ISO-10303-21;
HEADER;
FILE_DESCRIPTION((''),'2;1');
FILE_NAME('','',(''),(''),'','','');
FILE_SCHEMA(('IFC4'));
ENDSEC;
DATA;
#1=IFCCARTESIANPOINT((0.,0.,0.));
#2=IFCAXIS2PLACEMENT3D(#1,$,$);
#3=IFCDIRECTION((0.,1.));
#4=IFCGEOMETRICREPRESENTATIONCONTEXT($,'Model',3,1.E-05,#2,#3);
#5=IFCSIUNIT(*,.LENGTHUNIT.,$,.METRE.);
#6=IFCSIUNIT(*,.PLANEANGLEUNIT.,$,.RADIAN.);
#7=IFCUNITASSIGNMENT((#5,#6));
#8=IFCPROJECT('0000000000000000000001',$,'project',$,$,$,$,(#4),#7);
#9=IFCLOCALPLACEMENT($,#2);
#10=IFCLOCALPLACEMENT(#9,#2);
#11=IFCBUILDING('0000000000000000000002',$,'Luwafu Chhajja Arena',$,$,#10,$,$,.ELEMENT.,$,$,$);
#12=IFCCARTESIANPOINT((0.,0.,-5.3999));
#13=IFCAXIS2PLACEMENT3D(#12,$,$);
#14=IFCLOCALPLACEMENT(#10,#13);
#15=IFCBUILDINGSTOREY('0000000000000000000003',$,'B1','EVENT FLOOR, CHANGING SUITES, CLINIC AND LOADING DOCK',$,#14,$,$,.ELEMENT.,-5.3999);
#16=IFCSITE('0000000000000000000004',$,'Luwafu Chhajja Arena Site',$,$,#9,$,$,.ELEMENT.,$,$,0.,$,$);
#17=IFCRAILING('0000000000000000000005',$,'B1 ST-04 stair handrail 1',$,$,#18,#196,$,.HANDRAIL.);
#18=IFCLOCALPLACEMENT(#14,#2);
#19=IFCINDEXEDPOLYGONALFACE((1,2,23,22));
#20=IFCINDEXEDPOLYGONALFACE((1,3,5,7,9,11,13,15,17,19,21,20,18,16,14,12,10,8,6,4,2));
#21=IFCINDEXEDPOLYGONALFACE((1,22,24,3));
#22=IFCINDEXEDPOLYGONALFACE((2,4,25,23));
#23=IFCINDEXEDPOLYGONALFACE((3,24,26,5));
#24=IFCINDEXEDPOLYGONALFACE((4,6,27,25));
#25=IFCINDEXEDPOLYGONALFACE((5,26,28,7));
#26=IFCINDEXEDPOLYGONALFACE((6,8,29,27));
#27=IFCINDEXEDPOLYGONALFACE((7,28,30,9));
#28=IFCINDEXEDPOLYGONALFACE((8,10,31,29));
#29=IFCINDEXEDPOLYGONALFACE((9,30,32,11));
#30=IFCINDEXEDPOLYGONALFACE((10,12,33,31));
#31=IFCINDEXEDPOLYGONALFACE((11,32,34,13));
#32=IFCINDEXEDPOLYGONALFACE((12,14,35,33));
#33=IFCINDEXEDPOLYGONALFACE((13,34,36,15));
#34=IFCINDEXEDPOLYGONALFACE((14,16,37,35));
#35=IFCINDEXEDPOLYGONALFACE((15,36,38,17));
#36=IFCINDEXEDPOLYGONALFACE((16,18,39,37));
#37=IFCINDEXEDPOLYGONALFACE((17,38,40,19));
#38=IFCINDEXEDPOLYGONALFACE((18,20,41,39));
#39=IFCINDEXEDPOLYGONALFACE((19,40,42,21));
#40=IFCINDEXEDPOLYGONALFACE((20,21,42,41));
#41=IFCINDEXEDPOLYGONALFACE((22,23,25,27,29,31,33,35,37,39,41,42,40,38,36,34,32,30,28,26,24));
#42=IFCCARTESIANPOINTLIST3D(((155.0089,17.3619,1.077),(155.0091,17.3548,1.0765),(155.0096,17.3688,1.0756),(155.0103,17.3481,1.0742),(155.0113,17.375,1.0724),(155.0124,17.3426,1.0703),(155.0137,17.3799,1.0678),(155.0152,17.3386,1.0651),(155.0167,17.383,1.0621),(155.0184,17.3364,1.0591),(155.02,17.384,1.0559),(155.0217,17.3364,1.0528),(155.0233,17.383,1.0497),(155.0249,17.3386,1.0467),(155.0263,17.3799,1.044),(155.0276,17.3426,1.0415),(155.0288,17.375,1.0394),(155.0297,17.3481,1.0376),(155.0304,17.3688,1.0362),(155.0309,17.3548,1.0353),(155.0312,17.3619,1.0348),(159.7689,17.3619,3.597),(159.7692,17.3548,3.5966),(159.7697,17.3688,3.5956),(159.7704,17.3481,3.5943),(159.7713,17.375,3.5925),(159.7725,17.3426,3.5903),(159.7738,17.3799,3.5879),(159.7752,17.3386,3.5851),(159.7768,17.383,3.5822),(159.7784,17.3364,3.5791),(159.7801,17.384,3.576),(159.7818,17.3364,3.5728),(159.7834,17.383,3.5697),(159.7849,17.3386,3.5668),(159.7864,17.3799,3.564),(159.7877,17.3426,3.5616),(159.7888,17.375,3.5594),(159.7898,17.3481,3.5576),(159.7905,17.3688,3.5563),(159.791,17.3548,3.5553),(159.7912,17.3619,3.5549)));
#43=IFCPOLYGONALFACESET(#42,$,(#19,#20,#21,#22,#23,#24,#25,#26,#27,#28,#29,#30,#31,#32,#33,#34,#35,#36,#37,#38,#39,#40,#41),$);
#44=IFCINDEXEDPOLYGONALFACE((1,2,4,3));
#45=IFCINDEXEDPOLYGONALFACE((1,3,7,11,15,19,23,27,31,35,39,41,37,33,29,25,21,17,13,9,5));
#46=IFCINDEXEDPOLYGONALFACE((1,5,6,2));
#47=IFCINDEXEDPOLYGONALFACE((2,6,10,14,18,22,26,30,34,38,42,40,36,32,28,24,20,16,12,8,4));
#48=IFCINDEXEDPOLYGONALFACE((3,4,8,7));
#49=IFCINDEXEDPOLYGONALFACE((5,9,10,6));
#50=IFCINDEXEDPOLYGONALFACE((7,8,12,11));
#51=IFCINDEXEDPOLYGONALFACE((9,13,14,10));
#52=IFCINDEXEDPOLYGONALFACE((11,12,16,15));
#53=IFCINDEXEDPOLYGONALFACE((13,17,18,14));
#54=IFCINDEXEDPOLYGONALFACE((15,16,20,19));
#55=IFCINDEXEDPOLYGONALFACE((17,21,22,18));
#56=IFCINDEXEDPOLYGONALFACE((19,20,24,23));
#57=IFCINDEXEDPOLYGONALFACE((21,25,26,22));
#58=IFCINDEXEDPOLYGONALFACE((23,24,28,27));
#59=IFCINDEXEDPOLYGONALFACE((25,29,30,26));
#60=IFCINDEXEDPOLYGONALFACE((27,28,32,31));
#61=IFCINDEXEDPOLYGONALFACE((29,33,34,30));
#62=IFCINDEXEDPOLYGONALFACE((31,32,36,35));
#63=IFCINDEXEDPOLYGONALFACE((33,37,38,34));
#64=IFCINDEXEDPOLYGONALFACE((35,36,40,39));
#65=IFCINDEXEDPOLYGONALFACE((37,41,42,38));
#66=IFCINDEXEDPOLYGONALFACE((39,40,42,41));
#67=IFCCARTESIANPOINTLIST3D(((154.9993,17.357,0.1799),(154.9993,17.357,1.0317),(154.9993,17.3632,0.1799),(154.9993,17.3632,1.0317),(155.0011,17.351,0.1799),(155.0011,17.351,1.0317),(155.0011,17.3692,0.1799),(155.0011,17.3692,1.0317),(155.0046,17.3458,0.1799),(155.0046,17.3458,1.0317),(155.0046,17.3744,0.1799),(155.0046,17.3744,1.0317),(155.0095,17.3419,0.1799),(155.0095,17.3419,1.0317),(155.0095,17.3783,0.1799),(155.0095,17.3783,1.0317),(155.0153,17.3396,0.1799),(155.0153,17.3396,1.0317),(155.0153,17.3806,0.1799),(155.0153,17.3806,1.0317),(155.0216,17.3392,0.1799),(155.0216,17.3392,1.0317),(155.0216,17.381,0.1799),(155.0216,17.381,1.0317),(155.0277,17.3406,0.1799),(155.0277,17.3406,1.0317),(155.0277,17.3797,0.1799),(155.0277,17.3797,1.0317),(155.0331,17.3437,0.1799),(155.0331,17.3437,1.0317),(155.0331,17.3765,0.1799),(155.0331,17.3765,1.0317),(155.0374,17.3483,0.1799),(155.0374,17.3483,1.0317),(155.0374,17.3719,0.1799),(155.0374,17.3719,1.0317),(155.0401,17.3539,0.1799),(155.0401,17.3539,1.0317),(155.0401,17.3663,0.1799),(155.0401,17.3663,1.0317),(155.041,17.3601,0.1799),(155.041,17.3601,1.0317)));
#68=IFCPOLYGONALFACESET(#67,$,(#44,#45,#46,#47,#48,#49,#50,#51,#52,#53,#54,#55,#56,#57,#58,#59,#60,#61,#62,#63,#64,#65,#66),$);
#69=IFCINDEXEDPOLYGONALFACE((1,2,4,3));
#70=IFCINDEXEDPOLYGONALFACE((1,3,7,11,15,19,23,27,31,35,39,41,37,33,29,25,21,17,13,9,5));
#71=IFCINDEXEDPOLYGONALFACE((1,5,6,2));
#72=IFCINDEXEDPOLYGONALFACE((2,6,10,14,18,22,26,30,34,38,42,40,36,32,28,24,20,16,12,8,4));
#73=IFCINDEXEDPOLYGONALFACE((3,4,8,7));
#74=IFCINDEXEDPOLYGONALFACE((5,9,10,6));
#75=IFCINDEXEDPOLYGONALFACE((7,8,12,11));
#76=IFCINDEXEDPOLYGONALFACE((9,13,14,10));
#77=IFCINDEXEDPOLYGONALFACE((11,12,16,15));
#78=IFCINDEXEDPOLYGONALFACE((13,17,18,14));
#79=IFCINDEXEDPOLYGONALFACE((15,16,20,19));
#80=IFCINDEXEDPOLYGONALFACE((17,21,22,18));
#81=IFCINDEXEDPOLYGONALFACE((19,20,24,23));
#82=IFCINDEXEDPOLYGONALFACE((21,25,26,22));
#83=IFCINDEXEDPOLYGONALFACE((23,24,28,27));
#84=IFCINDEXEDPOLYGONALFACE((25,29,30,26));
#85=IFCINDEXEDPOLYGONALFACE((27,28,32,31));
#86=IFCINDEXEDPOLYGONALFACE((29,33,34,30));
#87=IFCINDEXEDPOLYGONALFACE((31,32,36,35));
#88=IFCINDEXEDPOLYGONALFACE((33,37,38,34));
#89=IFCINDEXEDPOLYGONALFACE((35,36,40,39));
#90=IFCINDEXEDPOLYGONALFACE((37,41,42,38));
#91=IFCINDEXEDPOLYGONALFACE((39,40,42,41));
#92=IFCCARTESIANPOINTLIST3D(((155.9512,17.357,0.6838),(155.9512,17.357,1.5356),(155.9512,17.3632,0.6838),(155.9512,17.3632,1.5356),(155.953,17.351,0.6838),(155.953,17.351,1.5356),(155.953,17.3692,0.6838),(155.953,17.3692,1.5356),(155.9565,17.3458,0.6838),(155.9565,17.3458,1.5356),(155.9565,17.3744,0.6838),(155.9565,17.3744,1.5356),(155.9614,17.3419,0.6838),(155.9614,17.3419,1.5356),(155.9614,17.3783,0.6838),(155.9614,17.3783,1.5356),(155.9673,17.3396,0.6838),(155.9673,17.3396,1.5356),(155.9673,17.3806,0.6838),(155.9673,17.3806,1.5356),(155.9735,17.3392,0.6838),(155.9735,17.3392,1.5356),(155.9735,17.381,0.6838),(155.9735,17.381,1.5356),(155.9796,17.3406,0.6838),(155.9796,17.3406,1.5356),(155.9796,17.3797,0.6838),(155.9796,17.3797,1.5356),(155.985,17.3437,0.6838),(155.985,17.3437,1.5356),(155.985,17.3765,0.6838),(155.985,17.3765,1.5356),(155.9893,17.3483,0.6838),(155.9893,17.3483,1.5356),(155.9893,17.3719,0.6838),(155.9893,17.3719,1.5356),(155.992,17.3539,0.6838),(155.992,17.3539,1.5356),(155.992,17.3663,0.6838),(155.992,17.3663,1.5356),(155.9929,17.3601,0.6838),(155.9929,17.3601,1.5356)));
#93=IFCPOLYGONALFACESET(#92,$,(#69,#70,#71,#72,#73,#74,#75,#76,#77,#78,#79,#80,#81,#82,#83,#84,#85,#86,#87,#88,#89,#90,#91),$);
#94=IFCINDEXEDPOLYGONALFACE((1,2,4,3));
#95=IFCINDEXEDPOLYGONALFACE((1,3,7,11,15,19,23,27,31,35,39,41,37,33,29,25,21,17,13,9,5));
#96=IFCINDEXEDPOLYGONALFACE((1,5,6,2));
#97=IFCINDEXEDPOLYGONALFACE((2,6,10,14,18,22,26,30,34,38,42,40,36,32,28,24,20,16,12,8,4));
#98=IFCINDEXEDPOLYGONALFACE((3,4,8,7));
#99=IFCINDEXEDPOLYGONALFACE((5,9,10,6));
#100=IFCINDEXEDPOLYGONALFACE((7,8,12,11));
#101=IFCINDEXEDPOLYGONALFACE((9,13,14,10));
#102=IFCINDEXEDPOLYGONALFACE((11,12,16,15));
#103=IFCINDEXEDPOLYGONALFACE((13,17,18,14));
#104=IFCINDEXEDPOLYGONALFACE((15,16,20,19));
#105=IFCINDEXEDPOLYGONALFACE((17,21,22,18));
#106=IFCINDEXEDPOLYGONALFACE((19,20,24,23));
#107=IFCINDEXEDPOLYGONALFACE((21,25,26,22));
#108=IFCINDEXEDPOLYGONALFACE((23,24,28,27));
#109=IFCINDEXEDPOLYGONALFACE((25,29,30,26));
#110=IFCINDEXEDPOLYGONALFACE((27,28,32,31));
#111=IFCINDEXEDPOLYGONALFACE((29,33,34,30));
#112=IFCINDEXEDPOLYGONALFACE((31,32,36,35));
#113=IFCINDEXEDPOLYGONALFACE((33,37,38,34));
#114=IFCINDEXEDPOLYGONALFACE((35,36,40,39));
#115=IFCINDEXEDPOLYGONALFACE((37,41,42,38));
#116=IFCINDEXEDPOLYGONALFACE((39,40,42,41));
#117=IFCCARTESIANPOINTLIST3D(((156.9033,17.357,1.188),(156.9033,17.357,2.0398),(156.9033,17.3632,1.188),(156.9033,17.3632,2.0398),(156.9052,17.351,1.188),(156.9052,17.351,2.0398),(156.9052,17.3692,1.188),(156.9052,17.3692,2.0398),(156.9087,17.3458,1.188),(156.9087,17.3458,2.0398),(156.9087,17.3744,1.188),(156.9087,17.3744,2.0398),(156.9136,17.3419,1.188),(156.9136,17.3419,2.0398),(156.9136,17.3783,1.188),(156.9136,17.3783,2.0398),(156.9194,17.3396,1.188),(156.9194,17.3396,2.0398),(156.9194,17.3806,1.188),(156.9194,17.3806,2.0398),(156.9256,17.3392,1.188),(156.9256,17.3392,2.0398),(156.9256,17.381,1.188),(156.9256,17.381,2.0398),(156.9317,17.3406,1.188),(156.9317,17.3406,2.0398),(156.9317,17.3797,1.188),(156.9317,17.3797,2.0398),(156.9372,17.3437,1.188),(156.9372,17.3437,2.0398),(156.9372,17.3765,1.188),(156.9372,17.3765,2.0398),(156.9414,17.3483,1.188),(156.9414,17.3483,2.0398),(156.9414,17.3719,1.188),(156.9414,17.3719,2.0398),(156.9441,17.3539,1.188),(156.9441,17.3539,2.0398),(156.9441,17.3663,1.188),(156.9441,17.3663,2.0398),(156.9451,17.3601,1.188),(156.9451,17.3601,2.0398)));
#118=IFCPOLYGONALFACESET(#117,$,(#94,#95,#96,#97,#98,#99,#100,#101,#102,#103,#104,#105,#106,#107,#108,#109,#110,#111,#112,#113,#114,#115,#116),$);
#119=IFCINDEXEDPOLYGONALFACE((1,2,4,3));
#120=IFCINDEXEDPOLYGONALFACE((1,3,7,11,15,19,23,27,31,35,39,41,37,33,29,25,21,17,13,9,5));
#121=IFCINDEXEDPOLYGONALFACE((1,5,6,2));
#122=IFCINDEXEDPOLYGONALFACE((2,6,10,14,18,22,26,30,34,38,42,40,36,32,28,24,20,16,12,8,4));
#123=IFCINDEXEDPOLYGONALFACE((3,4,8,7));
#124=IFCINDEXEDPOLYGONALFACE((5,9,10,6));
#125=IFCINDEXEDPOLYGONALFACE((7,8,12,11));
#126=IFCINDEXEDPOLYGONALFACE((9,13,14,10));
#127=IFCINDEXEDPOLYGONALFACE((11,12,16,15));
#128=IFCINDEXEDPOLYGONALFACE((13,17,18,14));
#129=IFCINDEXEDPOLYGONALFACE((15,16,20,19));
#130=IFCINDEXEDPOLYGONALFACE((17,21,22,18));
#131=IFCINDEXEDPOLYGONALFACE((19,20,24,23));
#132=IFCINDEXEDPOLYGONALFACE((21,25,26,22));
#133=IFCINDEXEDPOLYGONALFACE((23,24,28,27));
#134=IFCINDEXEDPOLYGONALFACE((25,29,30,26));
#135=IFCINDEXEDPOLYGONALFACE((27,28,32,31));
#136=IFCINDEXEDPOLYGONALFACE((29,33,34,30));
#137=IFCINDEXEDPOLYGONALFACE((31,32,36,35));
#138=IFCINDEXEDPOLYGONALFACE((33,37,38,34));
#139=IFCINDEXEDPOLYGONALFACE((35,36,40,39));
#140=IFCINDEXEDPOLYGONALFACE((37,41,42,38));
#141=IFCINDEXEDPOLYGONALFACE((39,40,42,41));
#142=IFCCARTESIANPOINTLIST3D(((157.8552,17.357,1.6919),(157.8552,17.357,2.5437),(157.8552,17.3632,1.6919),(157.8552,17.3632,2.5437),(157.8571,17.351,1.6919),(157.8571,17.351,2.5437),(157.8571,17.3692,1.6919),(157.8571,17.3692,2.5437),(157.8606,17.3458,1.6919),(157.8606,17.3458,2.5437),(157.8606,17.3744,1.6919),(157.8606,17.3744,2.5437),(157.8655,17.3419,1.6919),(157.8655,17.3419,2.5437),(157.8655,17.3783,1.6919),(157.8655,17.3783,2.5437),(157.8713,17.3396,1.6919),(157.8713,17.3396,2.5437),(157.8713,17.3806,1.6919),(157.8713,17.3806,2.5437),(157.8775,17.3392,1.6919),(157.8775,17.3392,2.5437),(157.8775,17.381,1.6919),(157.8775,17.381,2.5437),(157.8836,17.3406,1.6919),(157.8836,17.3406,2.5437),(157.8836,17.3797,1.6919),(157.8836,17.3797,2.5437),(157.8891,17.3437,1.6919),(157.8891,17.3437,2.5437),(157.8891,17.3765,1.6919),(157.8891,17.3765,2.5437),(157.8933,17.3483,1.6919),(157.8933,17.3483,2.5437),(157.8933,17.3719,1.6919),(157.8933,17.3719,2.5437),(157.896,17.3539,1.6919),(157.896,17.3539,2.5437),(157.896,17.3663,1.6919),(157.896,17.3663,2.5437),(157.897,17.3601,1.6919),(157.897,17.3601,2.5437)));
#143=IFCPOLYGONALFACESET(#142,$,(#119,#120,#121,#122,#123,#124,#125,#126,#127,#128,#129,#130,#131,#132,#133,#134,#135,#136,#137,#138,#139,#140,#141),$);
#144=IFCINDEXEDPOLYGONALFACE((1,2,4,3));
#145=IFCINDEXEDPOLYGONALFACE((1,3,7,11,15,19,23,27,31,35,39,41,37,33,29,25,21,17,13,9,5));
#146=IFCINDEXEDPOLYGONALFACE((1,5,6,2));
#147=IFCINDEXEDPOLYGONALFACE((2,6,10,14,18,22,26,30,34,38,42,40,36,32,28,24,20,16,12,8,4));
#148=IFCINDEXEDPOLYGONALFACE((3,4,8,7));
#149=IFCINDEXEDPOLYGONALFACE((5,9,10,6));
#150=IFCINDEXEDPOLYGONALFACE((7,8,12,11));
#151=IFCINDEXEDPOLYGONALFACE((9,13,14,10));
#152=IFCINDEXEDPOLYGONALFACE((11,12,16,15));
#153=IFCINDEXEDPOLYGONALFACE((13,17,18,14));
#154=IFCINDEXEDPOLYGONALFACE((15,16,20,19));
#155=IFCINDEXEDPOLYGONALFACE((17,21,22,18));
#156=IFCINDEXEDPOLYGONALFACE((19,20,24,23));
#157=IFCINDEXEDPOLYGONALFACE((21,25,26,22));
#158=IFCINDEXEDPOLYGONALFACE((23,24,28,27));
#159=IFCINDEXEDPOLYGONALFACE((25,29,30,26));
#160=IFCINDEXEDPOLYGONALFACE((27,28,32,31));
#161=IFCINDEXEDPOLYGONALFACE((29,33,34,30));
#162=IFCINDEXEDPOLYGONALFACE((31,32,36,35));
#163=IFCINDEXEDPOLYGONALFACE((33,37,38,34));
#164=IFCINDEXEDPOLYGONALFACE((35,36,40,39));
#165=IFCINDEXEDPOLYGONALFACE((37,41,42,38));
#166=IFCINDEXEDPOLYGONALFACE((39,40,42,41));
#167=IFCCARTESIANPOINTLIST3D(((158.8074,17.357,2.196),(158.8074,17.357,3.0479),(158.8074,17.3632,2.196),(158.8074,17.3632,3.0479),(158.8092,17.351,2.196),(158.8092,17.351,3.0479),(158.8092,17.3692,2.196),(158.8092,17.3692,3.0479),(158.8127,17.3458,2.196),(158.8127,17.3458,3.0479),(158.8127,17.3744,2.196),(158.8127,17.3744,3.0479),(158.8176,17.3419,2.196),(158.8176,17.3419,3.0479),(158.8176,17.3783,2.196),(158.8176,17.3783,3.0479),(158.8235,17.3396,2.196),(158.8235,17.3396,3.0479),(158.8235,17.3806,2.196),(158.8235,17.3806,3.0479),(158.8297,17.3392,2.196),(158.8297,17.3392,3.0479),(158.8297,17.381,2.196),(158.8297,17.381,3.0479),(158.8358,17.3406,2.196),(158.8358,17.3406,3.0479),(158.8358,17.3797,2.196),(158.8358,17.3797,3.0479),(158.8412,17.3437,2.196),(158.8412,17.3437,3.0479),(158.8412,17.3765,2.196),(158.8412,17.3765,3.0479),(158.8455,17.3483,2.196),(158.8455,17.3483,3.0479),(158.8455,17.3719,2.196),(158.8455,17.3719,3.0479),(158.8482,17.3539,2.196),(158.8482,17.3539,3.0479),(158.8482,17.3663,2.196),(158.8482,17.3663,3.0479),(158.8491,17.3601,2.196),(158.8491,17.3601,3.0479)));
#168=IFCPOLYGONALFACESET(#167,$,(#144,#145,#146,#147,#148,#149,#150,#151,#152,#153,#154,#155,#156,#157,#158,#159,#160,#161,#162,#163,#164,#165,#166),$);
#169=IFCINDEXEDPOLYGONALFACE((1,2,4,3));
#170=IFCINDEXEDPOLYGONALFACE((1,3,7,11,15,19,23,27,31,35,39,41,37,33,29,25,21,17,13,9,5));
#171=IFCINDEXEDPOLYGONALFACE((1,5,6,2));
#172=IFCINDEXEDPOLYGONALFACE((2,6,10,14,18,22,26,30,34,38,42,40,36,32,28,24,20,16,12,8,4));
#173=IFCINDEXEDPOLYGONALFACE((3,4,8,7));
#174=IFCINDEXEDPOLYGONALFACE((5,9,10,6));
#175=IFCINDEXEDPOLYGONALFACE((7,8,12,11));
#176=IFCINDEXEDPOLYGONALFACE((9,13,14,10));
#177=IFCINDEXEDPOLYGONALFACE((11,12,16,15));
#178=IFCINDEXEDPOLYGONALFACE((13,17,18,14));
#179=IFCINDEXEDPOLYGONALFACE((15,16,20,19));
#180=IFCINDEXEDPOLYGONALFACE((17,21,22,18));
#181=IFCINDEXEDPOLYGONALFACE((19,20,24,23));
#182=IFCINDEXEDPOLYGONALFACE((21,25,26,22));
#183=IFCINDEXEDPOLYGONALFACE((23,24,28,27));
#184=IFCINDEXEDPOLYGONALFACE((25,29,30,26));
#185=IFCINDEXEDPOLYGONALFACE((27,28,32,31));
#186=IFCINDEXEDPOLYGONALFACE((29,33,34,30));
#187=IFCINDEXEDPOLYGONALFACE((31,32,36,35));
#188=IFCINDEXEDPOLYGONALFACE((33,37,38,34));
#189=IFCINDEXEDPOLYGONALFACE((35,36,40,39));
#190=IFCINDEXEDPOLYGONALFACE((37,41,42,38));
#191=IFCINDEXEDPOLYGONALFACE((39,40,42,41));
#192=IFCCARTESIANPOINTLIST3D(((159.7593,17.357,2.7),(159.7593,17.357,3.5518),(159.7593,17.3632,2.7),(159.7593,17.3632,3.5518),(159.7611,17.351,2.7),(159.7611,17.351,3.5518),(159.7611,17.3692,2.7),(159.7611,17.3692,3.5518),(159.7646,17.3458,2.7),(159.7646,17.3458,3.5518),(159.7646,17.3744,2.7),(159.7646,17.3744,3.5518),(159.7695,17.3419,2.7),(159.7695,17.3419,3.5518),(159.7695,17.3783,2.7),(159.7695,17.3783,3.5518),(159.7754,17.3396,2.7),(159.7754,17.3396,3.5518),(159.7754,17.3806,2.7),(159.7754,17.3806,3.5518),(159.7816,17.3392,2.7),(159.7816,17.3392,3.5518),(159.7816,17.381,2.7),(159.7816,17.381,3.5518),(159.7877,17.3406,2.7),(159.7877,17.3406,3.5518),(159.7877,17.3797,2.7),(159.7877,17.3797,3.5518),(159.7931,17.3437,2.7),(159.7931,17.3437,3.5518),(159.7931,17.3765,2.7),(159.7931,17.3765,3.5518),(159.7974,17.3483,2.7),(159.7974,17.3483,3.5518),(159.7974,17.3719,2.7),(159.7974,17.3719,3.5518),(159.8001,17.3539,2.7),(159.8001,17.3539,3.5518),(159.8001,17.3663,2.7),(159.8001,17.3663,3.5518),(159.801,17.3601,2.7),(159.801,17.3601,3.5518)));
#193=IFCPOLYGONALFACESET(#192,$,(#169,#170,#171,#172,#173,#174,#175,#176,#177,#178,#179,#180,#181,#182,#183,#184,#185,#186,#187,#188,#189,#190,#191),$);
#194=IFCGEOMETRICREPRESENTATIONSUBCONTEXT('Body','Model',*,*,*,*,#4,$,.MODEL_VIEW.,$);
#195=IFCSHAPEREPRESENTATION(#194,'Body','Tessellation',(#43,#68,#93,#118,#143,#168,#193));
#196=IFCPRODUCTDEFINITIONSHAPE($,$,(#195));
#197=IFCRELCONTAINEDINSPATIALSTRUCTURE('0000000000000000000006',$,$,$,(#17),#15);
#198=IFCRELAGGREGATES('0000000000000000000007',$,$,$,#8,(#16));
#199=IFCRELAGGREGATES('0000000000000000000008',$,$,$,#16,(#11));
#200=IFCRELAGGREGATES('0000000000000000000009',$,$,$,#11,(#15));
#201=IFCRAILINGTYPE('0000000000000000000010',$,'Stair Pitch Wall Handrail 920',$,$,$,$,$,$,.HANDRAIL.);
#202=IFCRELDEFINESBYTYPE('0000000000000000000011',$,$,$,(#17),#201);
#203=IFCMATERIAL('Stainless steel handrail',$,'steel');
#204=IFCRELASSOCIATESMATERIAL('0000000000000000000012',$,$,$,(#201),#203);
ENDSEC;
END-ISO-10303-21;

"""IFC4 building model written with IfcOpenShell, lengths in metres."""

from ifc_helpers import new_model, si_unit, direction, frame, origin, origin_2d, place, context, subcontext, project, spatial, circle, extrude, material, type_object, element, save


model = new_model("IFC4")

# Units and contexts
model_context = context("Model", 3, precision=1e-05, world=origin(), true_north=direction((0.0, 1.0)))
body_context = subcontext(model_context, "Body", "Model", "MODEL_VIEW")
ifc_project = project(units=[si_unit("LENGTHUNIT", "METRE"), si_unit("PLANEANGLEUNIT", "RADIAN")], contexts=[model_context])

# Site, building, storey
site_placement = place(None, origin())
site = spatial("IfcSite", under=ifc_project, at=site_placement, Name="Luwafu Chhajja Arena Site", CompositionType="ELEMENT", RefElevation=0.0)
building_placement = place(site_placement, origin())
building = spatial("IfcBuilding", under=site, at=building_placement, Name="Luwafu Chhajja Arena", CompositionType="ELEMENT")
storey_placement = place(building_placement, frame((0.0, 0.0, -5.3999)))
storey = spatial("IfcBuildingStorey", under=building, at=storey_placement, Name="B1", Description="EVENT FLOOR, CHANGING SUITES, CLINIC AND LOADING DOCK", CompositionType="ELEMENT", Elevation=-5.3999)

# Railing
ifc_material_1 = material(Name="Stainless steel handrail", Category="steel")
railing_type_1 = type_object("IfcRailingType", Name="Stair Pitch Wall Handrail 920", PredefinedType="HANDRAIL", material=ifc_material_1)
railing_1_placement = place(storey_placement, frame((155.02, 17.3601, 0.1799)))
element("IfcRailing", 1, at=railing_1_placement, inside=storey, type_object=railing_type_1, Name="B1 ST-04 stair handrail 1", PredefinedType="HANDRAIL", context=body_context, shape_type="SweptSolid", body=[
    extrude(circle(Radius=0.0239, at=origin_2d()), frame((0.0, 0.0, 0.876), z_axis=(0.883787, 0.0, 0.46789), x_axis=(0.0, 1.0, 0.0)), (0.0, 0.0, 1.0), 5.386),
    extrude(circle(Radius=0.021, at=origin_2d()), origin(), (0.0, 0.0, 1.0), 0.8518),
    extrude(circle(Radius=0.021, at=origin_2d()), frame((0.9519, 0.0, 0.5039)), (0.0, 0.0, 1.0), 0.8518),
    extrude(circle(Radius=0.021, at=origin_2d()), frame((1.9041, 0.0, 1.0081)), (0.0, 0.0, 1.0), 0.8518),
    extrude(circle(Radius=0.021, at=origin_2d()), frame((2.856, 0.0, 1.512)), (0.0, 0.0, 1.0), 0.8518),
    extrude(circle(Radius=0.021, at=origin_2d()), frame((3.8081, 0.0, 2.0161)), (0.0, 0.0, 1.0), 0.8518),
    extrude(circle(Radius=0.021, at=origin_2d()), frame((4.76, 0.0, 2.52)), (0.0, 0.0, 1.0), 0.8518),
])

save(model, "model.ifc")
